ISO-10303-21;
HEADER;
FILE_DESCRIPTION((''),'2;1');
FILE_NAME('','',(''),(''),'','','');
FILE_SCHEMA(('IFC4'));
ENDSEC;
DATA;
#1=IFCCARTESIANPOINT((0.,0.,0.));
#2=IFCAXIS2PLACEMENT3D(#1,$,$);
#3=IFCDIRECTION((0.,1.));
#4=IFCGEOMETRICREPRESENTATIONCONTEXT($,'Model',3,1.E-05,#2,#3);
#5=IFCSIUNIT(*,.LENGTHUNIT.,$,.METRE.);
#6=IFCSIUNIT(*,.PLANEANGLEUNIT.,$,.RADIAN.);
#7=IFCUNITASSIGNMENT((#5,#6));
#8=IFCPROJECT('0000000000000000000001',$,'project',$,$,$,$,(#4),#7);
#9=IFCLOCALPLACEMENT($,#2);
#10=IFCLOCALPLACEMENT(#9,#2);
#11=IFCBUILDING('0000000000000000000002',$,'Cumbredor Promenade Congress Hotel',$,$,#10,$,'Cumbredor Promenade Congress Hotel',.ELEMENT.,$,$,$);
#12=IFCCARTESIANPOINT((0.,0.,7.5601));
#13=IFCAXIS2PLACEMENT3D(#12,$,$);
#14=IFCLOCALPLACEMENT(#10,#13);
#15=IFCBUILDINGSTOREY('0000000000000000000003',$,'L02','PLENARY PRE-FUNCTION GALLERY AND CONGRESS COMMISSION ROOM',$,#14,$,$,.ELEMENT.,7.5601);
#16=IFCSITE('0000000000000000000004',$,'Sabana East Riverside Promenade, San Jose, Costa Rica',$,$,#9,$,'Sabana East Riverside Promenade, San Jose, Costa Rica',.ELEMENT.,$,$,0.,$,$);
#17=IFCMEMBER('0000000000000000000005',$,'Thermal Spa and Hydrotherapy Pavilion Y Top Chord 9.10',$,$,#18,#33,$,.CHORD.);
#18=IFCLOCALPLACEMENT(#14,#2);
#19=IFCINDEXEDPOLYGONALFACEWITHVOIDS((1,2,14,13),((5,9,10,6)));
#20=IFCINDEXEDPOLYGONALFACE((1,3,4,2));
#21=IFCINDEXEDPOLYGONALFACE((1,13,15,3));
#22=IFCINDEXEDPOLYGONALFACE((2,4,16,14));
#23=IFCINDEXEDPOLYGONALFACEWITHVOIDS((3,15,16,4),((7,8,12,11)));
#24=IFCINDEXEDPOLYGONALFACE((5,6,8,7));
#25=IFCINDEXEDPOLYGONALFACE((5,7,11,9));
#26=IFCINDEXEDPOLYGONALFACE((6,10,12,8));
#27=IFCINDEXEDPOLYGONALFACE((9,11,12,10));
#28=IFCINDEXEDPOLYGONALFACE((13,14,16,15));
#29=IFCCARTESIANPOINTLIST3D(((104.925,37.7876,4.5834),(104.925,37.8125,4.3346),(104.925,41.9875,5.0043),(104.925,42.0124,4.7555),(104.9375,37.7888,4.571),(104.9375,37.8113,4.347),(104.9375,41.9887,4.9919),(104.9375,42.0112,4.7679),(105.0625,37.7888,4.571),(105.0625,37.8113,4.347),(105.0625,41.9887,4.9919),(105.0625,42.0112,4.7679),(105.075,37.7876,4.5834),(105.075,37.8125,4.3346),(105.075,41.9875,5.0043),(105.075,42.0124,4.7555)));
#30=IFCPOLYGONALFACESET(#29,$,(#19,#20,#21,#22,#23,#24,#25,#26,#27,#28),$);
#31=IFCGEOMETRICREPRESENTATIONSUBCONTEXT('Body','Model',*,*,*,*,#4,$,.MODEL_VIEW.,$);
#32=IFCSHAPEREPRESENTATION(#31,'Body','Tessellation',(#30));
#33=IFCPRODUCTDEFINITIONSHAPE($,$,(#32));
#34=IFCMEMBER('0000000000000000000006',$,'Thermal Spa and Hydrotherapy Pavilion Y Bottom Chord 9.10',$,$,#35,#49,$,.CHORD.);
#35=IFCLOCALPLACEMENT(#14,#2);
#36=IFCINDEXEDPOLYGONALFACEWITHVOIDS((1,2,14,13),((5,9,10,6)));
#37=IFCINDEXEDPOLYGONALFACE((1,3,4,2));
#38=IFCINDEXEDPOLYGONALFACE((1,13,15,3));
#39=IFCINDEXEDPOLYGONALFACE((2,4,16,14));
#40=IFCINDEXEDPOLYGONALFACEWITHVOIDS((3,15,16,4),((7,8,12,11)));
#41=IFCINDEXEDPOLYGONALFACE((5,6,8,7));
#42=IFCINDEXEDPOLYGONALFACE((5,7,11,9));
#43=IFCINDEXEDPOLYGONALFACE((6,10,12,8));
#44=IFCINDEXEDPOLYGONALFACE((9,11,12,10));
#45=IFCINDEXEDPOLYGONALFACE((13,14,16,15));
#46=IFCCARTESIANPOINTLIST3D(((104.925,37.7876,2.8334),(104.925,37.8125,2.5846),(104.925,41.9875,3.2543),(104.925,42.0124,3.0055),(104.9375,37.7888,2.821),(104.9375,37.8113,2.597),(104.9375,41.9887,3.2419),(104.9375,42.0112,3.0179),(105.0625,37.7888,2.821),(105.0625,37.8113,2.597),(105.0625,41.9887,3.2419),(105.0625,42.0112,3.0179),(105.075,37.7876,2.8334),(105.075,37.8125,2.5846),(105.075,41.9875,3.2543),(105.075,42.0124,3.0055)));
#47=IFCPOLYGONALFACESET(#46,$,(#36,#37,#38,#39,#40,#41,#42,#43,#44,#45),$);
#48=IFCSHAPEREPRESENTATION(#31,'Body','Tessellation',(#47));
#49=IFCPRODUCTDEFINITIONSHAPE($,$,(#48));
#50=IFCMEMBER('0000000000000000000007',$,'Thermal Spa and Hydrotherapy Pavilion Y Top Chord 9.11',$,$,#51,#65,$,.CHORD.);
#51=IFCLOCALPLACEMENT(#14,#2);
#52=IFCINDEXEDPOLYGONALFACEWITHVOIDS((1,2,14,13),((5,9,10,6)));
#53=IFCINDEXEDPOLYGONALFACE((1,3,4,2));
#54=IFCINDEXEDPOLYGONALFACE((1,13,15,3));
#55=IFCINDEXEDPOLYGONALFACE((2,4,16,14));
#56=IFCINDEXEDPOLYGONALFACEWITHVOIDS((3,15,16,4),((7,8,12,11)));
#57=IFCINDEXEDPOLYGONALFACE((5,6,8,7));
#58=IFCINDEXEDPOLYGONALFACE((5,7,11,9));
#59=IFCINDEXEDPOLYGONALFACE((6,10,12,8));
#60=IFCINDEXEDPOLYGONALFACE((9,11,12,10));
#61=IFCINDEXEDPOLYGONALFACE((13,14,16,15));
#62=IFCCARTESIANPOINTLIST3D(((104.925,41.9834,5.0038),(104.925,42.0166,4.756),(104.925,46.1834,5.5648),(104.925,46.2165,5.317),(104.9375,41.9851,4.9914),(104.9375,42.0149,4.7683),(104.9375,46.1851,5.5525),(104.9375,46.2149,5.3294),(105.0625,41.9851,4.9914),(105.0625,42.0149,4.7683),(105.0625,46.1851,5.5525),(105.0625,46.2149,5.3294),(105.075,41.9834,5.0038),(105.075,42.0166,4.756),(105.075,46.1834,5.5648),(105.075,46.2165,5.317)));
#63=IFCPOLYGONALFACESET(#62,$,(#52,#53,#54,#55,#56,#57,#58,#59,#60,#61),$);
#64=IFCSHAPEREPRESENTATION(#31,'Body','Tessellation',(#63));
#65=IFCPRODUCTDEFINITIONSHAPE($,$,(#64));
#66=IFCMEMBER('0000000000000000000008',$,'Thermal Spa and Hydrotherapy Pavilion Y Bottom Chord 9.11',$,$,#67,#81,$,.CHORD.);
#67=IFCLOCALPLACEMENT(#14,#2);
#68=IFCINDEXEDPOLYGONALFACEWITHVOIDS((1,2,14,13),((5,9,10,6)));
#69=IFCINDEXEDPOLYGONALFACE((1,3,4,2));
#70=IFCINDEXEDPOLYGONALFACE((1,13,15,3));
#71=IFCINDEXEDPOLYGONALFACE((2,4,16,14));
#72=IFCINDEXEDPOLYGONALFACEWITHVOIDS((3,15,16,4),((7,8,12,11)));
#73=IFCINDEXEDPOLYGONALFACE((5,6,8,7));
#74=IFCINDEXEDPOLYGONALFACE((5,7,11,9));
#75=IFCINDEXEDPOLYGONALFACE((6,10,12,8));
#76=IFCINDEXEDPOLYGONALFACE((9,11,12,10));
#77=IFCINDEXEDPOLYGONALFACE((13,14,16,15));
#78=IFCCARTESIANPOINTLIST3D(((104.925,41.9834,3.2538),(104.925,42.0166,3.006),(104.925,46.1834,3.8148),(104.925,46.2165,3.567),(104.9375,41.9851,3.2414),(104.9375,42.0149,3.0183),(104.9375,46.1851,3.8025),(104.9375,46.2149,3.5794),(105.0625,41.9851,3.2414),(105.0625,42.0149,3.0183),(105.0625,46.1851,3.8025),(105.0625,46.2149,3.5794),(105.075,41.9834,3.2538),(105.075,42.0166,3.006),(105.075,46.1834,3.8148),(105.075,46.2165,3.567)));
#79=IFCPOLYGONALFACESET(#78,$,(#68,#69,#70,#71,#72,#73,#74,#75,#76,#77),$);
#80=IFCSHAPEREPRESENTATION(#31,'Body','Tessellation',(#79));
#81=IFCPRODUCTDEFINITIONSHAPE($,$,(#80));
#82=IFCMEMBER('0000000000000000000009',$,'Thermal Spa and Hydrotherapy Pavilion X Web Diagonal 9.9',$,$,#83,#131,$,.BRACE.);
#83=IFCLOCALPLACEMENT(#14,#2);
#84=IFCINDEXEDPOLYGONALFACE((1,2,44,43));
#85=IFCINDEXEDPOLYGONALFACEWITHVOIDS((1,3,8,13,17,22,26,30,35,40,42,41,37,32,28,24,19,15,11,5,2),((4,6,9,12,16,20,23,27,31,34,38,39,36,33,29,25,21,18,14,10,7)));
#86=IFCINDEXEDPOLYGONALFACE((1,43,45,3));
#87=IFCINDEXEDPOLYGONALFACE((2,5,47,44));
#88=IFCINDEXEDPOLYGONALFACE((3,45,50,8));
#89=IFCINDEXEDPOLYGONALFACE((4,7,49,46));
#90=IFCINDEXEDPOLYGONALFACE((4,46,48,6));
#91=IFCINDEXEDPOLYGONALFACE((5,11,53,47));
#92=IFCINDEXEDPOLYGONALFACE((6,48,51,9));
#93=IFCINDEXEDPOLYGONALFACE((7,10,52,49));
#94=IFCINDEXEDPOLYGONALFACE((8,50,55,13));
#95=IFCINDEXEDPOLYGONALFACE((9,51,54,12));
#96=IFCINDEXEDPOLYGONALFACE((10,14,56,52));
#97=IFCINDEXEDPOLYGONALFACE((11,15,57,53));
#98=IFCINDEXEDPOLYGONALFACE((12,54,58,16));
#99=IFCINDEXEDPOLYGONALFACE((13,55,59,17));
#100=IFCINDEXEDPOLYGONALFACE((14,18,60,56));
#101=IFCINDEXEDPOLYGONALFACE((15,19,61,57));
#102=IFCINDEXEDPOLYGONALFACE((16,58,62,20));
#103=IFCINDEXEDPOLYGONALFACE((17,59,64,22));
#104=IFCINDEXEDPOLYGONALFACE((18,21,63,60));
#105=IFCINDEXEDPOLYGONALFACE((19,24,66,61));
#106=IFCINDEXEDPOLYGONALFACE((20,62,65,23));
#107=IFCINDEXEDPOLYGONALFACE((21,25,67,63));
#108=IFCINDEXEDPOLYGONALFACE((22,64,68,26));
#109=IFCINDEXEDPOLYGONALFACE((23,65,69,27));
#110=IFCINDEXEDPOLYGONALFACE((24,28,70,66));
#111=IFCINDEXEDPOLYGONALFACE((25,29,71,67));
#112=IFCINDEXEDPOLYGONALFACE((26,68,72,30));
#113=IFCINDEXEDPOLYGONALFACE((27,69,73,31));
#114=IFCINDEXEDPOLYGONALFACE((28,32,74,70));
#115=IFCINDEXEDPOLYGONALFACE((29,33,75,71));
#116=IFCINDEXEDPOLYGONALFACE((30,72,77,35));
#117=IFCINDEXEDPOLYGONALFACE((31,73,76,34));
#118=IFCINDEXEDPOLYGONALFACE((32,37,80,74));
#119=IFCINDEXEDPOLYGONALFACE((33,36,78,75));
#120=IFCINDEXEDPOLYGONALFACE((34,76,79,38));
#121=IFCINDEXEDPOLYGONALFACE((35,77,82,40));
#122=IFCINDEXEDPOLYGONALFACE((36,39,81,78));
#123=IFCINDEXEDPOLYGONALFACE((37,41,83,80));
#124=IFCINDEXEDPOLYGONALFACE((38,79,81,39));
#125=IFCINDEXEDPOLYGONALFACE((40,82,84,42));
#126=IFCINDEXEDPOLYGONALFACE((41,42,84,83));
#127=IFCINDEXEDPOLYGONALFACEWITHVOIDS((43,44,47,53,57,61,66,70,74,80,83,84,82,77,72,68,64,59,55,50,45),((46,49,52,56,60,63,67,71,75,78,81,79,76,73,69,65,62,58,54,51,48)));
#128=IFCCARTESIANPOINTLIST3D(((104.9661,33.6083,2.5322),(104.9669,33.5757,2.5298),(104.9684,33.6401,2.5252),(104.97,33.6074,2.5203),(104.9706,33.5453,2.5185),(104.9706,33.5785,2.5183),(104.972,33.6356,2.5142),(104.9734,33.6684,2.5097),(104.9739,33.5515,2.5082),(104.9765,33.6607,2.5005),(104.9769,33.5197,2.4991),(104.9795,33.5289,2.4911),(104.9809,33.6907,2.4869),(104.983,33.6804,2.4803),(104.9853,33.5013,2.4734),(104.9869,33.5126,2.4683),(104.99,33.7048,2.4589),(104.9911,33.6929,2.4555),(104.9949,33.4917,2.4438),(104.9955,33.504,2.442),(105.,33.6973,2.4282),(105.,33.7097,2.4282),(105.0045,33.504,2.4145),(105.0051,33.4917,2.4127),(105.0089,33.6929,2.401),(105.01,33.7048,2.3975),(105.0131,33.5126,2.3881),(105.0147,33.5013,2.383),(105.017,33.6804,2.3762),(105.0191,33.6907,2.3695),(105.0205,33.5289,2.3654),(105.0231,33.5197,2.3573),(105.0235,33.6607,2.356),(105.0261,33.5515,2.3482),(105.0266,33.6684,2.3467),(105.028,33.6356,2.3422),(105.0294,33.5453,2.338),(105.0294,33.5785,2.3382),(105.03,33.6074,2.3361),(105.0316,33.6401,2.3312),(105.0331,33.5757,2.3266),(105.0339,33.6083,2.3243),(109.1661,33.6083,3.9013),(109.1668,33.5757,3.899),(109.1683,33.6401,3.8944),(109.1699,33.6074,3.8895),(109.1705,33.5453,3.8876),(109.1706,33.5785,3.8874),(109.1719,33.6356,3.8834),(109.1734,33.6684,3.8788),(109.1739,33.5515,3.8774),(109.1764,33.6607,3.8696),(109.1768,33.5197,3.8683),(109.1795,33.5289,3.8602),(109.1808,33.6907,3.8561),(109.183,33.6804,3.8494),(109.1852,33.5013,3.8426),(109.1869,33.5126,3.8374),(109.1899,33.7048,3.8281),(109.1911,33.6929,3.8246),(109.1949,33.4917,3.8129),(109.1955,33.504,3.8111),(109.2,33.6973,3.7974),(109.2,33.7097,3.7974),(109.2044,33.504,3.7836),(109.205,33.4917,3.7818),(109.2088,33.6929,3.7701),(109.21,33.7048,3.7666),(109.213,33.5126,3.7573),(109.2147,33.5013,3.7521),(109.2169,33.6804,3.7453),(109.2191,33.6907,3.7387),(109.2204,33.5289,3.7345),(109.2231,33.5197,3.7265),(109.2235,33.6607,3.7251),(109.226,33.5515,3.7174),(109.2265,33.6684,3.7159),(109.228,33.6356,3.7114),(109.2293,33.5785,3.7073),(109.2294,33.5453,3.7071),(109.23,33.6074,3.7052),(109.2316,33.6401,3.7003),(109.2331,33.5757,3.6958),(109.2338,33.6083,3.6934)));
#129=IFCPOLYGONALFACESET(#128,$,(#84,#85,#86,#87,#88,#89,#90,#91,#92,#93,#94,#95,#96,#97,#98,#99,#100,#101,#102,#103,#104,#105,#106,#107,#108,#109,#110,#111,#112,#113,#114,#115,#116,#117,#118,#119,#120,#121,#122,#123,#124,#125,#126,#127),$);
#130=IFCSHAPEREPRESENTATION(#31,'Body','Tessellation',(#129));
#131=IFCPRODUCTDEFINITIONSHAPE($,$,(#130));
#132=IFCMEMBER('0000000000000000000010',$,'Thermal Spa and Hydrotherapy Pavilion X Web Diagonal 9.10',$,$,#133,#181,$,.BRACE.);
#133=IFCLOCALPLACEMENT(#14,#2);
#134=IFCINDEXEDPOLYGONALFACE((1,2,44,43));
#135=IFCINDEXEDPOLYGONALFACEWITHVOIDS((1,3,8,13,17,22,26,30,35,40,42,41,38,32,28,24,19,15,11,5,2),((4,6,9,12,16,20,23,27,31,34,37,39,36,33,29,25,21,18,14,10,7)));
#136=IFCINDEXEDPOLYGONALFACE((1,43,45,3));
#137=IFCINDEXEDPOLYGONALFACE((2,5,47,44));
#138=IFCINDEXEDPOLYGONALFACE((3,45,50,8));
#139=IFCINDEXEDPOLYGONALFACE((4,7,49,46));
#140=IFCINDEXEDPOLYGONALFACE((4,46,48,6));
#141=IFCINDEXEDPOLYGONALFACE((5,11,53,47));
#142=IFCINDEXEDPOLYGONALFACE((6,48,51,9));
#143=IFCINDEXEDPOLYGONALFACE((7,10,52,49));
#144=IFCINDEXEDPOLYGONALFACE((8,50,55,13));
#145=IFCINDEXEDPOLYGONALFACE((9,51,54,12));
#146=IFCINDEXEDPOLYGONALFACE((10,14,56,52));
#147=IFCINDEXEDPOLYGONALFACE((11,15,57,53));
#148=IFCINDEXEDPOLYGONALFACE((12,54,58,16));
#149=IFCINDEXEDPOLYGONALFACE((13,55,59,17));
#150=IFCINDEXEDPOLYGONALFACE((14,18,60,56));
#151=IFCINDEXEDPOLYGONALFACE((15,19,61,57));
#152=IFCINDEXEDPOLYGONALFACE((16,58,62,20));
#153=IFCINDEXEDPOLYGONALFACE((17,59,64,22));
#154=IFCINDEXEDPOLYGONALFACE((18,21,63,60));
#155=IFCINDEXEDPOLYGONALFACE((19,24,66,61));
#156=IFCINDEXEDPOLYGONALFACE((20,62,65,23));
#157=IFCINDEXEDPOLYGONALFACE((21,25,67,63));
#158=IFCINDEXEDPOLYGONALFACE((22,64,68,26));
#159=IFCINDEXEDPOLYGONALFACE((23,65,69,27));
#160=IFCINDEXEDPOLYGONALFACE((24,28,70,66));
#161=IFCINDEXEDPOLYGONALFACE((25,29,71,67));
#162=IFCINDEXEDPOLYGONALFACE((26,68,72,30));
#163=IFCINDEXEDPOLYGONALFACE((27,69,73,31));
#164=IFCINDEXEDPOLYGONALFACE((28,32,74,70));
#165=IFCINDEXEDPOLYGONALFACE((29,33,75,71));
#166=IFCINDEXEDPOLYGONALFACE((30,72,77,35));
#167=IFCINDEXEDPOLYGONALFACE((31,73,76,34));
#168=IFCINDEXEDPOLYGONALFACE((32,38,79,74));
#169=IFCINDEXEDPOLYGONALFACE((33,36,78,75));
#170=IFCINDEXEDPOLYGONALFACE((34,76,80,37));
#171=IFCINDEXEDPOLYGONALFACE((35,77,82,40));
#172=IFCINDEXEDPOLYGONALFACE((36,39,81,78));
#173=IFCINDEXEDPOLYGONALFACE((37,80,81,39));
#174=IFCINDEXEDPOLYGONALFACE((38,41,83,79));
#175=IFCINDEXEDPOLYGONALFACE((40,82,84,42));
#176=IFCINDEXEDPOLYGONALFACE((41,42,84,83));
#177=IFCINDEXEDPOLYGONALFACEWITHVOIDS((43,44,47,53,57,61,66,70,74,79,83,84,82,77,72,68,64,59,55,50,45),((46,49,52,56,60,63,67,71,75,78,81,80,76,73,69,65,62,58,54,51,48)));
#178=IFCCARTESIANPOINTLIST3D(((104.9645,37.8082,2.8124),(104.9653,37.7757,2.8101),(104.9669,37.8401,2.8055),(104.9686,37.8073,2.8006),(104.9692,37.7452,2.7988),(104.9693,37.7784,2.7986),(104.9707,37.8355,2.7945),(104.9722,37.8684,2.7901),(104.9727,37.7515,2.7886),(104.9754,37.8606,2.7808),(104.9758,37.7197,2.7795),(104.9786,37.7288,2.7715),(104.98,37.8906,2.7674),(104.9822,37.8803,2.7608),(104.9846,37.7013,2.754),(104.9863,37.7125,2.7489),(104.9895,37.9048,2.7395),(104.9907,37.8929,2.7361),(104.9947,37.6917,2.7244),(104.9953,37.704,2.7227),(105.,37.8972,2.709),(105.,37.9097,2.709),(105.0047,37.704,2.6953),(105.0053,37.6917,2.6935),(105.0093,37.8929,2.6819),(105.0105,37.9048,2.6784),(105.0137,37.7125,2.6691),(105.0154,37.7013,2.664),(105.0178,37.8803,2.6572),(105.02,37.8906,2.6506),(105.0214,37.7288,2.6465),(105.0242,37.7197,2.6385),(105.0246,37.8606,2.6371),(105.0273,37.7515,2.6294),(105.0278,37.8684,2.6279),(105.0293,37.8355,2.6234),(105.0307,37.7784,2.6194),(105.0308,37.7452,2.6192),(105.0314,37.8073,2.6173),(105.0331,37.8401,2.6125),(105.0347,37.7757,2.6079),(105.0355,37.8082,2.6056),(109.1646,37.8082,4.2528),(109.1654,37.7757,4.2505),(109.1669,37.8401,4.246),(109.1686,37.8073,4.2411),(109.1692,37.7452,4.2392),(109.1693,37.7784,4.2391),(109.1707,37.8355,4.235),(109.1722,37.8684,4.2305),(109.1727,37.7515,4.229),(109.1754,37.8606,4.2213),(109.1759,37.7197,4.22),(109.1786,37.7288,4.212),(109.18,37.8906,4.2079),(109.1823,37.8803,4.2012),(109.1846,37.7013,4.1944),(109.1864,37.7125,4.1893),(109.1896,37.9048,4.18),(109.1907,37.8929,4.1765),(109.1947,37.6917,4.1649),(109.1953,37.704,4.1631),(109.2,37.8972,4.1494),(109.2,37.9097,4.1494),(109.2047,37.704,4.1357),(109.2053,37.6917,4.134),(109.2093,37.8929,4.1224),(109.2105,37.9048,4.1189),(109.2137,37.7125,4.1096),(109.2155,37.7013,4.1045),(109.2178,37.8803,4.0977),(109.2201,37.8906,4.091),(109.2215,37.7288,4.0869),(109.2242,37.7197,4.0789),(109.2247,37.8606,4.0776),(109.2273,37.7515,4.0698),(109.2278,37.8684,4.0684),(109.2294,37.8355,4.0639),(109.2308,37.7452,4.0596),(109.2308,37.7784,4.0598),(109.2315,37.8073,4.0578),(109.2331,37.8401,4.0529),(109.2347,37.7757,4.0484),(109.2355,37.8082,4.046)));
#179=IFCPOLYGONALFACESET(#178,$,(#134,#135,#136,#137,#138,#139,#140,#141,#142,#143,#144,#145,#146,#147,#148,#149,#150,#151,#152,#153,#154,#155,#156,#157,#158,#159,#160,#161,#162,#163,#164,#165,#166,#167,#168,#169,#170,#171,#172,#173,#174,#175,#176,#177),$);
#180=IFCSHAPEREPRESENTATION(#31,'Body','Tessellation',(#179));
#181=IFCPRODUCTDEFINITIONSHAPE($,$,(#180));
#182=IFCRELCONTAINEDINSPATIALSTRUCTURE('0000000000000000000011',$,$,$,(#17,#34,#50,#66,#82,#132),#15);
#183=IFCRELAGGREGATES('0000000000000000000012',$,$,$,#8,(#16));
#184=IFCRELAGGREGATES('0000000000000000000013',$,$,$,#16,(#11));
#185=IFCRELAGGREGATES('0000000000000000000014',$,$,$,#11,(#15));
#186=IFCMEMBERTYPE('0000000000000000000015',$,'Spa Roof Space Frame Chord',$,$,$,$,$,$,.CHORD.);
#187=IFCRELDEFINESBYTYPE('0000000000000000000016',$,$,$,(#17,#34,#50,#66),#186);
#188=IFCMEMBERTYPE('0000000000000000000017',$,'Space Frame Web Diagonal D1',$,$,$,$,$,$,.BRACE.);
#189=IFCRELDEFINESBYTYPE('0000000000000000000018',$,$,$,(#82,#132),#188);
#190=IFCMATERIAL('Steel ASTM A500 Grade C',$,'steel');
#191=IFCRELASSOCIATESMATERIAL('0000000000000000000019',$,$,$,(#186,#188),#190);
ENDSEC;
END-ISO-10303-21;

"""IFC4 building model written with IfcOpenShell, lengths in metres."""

from ifc_helpers import new_model, si_unit, direction, frame, origin, origin_2d, place, context, subcontext, project, spatial, hollow_rectangle, hollow_circle, extrude, material, material_profile, profile_set, type_object, element, save


model = new_model("IFC4")

# Units and contexts
model_context = context("Model", 3, precision=1e-05, world=origin(), true_north=direction((0.0, 1.0)))
body_context = subcontext(model_context, "Body", "Model", "MODEL_VIEW")
ifc_project = project(units=[si_unit("LENGTHUNIT", "METRE"), si_unit("PLANEANGLEUNIT", "RADIAN")], contexts=[model_context])

# Site, building, storey
site_placement = place(None, origin())
site = spatial("IfcSite", under=ifc_project, at=site_placement, Name="Sabana East Riverside Promenade, San Jose, Costa Rica", LongName="Sabana East Riverside Promenade, San Jose, Costa Rica", CompositionType="ELEMENT", RefElevation=0.0)
building_placement = place(site_placement, origin())
building = spatial("IfcBuilding", under=site, at=building_placement, Name="Cumbredor Promenade Congress Hotel", LongName="Cumbredor Promenade Congress Hotel", CompositionType="ELEMENT")
storey_placement = place(building_placement, frame((0.0, 0.0, 7.5601)))
storey = spatial("IfcBuildingStorey", under=building, at=storey_placement, Name="L02", Description="PLENARY PRE-FUNCTION GALLERY AND CONGRESS COMMISSION ROOM", CompositionType="ELEMENT", Elevation=7.5601)

# Members
ifc_material_1 = material(Name="Steel ASTM A500 Grade C", Category="steel")
ifc_material_profile_1 = material_profile(ifc_material_1, hollow_rectangle(XDim=0.1499, YDim=0.25, WallThickness=0.0125, at=origin_2d()), Name="HSS 250x150x12.5")
ifc_profile_set_1 = profile_set([ifc_material_profile_1], Name="Steel ASTM A500 Grade C")
member_type_1 = type_object("IfcMemberType", Name="Spa Roof Space Frame Chord", PredefinedType="CHORD", material=ifc_profile_set_1)
for number, where, z_axis, x_axis, name in (
    (1, (105.0, 37.8, 4.459), (0.0, 0.995016, 0.099716), (-1.0, 0.0, 0.0), "Thermal Spa and Hydrotherapy Pavilion Y Top Chord 9.10"),
    (2, (105.0, 37.8, 2.709), (0.0, 0.995016, 0.099716), (-1.0, 0.0, 0.0), "Thermal Spa and Hydrotherapy Pavilion Y Bottom Chord 9.10"),
):
    element("IfcMember", number, at=place(storey_placement, frame(where, z_axis=z_axis, x_axis=x_axis)), inside=storey, type_object=member_type_1, Name=name, PredefinedType="CHORD", context=body_context, shape_type="SweptSolid", body=[
        extrude(hollow_rectangle(XDim=0.1499, YDim=0.25, WallThickness=0.0125, at=origin_2d()), origin(), (0.0, 0.0, 1.0), 4.2209),
    ])
for number, where, z_axis, x_axis, name in (
    (3, (105.0, 42.0, 4.8799), (0.0, 0.991196, 0.132405), (-1.0, 0.0, 0.0), "Thermal Spa and Hydrotherapy Pavilion Y Top Chord 9.11"),
    (4, (105.0, 42.0, 3.1299), (0.0, 0.991196, 0.132405), (-1.0, 0.0, 0.0), "Thermal Spa and Hydrotherapy Pavilion Y Bottom Chord 9.11"),
):
    element("IfcMember", number, at=place(storey_placement, frame(where, z_axis=z_axis, x_axis=x_axis)), inside=storey, type_object=member_type_1, Name=name, PredefinedType="CHORD", context=body_context, shape_type="SweptSolid", body=[
        extrude(hollow_rectangle(XDim=0.1499, YDim=0.25, WallThickness=0.0125, at=origin_2d()), origin(), (0.0, 0.0, 1.0), 4.2373),
    ])
ifc_material_profile_2 = material_profile(ifc_material_1, hollow_circle(Radius=0.1096, WallThickness=0.0125, at=origin_2d()), Name="CHS 219.1x12.5")
ifc_profile_set_2 = profile_set([ifc_material_profile_2], Name="Steel ASTM A500 Grade C")
member_type_2 = type_object("IfcMemberType", Name="Space Frame Web Diagonal D1", PredefinedType="BRACE", material=ifc_profile_set_2)
member_1_placement = place(storey_placement, frame((105.0, 33.6001, 2.4282), z_axis=(0.950757, 0.0, 0.309937), x_axis=(0.0, 1.0, 0.0)))
element("IfcMember", 5, at=member_1_placement, inside=storey, type_object=member_type_2, Name="Thermal Spa and Hydrotherapy Pavilion X Web Diagonal 9.9", PredefinedType="BRACE", context=body_context, shape_type="SweptSolid", body=[
    extrude(hollow_circle(Radius=0.1096, WallThickness=0.0125, at=origin_2d()), origin(), (0.0, 0.0, 1.0), 4.4175),
])
member_2_placement = place(storey_placement, frame((105.0, 37.8, 2.709), z_axis=(0.945915, 0.0, 0.324414), x_axis=(0.0, 1.0, 0.0)))
element("IfcMember", 6, at=member_2_placement, inside=storey, type_object=member_type_2, Name="Thermal Spa and Hydrotherapy Pavilion X Web Diagonal 9.10", PredefinedType="BRACE", context=body_context, shape_type="SweptSolid", body=[
    extrude(hollow_circle(Radius=0.1096, WallThickness=0.0125, at=origin_2d()), origin(), (0.0, 0.0, 1.0), 4.4402),
])

save(model, "model.ifc")
